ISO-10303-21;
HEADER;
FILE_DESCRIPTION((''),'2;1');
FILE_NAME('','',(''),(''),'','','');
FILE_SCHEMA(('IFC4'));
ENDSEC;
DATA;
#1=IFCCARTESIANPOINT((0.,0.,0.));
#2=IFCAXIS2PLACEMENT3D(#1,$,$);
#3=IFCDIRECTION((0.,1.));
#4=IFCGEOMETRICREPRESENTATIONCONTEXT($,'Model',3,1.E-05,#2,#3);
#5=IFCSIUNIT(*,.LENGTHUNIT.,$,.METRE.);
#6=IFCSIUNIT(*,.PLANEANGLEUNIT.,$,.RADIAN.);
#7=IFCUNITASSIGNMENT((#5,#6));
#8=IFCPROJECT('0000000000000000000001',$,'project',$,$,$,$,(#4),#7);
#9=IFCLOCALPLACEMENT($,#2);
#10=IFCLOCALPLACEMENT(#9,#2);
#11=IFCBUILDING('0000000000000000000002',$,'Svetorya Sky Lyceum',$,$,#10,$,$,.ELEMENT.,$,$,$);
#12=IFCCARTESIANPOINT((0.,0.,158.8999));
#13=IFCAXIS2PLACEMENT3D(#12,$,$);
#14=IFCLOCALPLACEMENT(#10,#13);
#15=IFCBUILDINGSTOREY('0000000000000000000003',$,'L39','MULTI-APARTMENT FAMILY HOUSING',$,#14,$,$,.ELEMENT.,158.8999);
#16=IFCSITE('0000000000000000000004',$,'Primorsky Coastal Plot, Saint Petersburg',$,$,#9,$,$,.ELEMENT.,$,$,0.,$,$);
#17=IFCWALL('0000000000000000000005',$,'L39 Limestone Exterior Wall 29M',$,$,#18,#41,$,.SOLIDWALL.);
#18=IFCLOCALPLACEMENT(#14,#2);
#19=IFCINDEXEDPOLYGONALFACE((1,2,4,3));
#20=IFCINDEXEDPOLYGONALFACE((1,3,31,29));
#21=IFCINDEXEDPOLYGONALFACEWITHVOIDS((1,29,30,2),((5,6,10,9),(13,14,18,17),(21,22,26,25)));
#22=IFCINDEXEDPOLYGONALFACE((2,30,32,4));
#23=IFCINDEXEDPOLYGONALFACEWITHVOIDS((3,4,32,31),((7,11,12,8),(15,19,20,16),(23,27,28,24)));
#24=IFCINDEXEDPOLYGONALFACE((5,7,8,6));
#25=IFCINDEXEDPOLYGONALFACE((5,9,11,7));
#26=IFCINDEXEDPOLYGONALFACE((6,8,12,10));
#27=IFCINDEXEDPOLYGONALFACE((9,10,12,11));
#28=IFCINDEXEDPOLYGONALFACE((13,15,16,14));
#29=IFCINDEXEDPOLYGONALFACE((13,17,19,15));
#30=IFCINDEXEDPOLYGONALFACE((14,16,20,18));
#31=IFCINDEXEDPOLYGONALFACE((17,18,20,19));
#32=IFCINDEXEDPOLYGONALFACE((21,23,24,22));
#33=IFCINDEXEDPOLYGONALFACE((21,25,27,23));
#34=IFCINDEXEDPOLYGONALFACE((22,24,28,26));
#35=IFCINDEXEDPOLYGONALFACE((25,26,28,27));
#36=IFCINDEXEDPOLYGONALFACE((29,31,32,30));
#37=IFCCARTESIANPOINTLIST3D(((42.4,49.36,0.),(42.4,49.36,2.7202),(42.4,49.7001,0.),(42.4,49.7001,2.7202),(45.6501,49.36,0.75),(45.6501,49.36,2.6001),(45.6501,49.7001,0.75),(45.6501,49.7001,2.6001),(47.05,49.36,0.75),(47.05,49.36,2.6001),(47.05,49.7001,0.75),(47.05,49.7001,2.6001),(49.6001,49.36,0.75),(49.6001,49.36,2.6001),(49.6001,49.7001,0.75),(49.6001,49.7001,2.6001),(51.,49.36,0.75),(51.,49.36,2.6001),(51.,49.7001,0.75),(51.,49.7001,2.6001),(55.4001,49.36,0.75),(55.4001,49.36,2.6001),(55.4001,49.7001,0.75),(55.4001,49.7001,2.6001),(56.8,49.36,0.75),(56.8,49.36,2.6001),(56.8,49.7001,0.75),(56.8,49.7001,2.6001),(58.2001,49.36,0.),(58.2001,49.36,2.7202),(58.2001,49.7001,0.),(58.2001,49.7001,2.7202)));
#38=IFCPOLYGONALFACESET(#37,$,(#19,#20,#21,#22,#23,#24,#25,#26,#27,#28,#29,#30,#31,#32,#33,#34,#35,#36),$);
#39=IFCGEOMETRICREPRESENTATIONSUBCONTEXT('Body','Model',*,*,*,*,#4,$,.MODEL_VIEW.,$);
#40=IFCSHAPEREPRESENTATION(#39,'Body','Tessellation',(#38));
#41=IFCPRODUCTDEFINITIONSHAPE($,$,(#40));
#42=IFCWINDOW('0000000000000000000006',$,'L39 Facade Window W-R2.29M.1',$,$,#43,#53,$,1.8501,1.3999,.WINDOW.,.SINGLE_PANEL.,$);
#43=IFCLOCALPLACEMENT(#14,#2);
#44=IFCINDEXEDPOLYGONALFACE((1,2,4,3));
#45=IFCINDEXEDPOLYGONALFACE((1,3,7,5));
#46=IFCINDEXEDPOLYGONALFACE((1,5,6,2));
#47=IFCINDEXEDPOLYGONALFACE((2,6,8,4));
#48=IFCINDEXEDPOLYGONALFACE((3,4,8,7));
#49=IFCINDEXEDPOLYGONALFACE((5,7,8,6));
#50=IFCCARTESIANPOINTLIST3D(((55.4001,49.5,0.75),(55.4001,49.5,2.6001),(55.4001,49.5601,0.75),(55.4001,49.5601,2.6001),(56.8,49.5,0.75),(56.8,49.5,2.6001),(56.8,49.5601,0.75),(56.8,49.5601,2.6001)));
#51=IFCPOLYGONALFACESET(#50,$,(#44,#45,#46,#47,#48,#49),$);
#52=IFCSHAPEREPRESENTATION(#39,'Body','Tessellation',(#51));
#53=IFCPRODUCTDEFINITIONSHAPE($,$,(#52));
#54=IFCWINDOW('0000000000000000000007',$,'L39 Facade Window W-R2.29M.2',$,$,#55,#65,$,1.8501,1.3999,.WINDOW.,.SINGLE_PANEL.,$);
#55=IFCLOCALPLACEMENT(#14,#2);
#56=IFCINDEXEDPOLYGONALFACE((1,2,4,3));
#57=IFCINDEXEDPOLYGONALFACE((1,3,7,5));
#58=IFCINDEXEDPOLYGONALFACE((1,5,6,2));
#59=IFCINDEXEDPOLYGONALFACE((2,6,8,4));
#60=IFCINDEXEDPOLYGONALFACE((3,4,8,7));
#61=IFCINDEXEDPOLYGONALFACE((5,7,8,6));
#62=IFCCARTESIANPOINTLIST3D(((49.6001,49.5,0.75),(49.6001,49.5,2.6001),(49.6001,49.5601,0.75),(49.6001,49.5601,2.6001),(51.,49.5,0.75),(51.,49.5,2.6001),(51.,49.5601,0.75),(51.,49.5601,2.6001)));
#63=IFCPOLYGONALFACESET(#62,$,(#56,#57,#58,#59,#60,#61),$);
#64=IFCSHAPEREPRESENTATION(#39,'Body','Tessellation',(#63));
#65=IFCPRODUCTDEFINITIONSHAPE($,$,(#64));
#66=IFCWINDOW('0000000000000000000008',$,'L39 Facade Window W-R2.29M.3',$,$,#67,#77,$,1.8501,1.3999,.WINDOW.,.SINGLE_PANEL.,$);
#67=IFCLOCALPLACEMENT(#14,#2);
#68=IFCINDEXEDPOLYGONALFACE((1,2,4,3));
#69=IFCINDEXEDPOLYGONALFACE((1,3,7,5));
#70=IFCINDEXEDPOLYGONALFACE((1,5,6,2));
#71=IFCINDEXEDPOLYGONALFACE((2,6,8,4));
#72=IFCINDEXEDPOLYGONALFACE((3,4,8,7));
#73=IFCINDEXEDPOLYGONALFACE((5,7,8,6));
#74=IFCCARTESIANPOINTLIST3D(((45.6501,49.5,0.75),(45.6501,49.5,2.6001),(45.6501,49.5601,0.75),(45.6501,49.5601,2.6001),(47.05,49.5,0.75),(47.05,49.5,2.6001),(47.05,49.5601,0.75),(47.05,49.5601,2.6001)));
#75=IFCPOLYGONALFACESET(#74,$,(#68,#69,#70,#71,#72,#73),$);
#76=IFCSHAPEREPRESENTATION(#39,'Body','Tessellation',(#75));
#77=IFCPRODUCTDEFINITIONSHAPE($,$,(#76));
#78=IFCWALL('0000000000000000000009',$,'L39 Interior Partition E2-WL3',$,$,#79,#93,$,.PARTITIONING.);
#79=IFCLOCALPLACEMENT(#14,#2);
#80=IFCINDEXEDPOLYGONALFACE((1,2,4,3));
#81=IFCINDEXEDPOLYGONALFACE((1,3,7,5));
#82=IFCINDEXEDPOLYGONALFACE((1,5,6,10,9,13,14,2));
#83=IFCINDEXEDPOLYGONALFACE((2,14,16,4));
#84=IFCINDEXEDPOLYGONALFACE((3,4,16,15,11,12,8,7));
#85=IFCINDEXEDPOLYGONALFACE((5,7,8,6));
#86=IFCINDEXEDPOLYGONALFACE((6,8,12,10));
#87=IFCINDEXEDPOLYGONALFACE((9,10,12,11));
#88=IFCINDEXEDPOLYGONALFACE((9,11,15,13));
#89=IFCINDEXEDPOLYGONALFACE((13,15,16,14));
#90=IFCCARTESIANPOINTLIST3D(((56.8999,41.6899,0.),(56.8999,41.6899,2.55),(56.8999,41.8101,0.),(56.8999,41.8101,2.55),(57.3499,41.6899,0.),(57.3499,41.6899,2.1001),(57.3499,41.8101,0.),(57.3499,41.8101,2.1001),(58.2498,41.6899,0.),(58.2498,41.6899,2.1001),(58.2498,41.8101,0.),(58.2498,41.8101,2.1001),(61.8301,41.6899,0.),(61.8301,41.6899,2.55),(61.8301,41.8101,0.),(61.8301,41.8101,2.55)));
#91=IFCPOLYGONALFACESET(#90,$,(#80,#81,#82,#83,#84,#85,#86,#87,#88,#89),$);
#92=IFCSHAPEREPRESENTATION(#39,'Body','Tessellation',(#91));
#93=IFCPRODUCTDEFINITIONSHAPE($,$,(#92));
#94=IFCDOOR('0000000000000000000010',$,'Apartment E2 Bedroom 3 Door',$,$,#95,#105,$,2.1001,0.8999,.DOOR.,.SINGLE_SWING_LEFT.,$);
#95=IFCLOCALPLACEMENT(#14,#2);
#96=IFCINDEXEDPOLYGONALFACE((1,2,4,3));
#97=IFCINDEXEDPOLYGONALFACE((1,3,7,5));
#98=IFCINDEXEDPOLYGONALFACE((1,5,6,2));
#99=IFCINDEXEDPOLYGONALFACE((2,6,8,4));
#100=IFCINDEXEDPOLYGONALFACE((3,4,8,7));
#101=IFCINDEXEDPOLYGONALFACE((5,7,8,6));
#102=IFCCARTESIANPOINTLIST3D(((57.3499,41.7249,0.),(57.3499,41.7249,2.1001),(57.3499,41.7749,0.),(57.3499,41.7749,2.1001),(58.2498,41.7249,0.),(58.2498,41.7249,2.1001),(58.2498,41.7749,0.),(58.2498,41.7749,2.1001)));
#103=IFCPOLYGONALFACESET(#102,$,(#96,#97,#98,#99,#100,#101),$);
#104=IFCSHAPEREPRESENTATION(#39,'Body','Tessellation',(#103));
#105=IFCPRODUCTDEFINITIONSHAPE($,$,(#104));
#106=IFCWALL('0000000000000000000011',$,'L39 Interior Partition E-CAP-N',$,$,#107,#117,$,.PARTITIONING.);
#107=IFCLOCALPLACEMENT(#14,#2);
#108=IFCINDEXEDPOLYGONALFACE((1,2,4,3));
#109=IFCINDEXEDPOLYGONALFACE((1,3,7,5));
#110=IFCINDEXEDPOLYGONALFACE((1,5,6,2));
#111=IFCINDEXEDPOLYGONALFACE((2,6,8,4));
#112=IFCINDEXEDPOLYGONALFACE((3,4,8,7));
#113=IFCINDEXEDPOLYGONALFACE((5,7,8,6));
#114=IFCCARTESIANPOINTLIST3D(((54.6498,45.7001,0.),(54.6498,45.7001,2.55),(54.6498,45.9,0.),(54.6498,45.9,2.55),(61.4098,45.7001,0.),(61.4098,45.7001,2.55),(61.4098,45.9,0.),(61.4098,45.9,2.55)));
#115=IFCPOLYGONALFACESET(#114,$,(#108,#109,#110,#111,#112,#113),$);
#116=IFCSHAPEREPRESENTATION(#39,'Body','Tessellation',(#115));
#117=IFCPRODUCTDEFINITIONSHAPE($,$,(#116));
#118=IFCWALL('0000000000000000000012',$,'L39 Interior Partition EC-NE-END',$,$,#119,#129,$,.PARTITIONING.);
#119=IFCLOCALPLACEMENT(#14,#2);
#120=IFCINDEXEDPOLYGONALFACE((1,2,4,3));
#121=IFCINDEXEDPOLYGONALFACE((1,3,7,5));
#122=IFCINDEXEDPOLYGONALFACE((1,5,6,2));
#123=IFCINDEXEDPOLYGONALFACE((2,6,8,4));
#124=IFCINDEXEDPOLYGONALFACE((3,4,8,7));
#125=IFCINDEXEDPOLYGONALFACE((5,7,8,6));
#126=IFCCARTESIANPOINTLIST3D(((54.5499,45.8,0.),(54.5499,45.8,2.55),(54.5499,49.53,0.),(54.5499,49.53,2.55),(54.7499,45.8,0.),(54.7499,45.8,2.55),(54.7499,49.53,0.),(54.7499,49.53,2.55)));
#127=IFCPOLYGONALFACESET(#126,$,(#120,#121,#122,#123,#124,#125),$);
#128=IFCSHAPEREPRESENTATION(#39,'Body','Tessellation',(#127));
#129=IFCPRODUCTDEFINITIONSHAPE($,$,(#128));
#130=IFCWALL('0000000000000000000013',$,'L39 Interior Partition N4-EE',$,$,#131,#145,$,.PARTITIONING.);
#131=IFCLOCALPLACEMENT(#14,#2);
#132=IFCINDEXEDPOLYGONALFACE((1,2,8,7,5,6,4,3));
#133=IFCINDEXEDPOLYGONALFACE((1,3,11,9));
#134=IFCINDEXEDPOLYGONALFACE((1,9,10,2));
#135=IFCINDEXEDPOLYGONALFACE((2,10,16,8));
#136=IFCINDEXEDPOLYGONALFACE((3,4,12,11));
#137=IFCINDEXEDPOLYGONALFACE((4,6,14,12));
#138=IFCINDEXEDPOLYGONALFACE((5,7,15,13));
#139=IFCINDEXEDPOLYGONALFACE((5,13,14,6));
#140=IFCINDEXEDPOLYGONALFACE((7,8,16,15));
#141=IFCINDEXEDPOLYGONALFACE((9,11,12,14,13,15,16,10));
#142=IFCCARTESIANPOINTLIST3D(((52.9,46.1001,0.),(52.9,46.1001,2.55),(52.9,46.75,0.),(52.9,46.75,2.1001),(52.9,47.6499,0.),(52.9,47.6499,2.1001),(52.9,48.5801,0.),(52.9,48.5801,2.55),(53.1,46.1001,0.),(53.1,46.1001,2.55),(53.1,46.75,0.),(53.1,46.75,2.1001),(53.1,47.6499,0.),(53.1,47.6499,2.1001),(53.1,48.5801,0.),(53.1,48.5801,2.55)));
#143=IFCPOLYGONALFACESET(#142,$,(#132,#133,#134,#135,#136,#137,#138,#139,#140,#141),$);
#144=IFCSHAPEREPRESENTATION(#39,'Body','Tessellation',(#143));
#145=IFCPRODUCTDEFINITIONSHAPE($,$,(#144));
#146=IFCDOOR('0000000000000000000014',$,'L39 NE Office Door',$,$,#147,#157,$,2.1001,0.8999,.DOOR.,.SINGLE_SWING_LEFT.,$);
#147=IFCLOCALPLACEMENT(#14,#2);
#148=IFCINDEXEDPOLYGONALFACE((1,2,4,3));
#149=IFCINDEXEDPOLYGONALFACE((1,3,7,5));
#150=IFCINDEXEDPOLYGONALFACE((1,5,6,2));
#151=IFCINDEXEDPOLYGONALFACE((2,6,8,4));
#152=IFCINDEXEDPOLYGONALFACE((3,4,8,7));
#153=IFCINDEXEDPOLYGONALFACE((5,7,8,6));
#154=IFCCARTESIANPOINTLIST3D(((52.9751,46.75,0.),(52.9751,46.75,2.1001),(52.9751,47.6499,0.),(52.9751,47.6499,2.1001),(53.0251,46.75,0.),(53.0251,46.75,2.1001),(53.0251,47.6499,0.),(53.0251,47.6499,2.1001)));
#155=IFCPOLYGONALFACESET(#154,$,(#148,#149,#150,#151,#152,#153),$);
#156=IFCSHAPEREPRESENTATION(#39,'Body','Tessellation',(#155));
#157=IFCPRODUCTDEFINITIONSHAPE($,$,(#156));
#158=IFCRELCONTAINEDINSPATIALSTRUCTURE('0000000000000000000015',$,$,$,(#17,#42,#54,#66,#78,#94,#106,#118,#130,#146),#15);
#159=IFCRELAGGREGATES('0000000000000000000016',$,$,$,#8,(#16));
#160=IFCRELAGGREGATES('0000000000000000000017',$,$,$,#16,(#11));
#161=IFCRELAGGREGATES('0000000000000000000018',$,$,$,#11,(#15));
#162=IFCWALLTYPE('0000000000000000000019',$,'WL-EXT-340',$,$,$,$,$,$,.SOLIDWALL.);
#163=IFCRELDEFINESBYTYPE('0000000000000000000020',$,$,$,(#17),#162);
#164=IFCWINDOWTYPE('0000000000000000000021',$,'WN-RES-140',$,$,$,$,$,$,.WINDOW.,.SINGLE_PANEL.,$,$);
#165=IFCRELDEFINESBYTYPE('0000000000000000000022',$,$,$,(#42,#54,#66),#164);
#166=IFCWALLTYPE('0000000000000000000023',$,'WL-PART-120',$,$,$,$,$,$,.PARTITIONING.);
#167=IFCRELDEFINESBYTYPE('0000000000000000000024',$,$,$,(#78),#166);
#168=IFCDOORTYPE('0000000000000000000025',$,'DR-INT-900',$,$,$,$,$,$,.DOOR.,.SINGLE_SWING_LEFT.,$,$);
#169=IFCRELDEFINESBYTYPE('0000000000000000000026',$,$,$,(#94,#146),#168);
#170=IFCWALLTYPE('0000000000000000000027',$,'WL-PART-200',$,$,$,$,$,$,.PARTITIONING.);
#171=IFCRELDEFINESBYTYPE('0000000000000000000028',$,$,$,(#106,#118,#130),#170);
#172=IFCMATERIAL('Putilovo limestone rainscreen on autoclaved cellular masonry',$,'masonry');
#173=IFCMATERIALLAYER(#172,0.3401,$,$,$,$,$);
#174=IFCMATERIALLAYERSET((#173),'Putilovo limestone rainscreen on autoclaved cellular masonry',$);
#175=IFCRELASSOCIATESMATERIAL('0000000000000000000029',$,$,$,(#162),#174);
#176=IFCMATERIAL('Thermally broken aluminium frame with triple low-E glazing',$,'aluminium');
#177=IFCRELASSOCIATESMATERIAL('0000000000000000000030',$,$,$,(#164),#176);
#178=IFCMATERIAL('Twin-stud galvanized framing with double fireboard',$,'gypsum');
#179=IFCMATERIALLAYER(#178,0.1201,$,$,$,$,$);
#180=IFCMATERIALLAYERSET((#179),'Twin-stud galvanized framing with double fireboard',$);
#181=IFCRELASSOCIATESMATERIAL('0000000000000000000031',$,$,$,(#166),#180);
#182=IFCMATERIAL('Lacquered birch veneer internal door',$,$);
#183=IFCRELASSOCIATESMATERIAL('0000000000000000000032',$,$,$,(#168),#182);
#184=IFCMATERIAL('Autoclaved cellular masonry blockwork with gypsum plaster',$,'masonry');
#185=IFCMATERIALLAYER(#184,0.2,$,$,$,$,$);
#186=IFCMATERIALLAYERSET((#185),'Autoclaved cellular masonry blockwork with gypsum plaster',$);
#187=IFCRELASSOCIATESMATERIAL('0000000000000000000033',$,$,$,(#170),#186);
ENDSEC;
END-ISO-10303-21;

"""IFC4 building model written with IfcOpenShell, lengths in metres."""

from ifc_helpers import new_model, si_unit, direction, frame, frame_2d, origin, place, context, subcontext, project, spatial, rectangle, extrude, material, layer, layer_set, type_object, element, fill, save


model = new_model("IFC4")

# Units and contexts
model_context = context("Model", 3, precision=1e-05, world=origin(), true_north=direction((0.0, 1.0)))
body_context = subcontext(model_context, "Body", "Model", "MODEL_VIEW")
ifc_project = project(units=[si_unit("LENGTHUNIT", "METRE"), si_unit("PLANEANGLEUNIT", "RADIAN")], contexts=[model_context])

# Site, building, storey
site_placement = place(None, origin())
site = spatial("IfcSite", under=ifc_project, at=site_placement, Name="Primorsky Coastal Plot, Saint Petersburg", CompositionType="ELEMENT", RefElevation=0.0)
building_placement = place(site_placement, origin())
building = spatial("IfcBuilding", under=site, at=building_placement, Name="Svetorya Sky Lyceum", CompositionType="ELEMENT")
storey_placement = place(building_placement, frame((0.0, 0.0, 158.8999)))
storey = spatial("IfcBuildingStorey", under=building, at=storey_placement, Name="L39", Description="MULTI-APARTMENT FAMILY HOUSING", CompositionType="ELEMENT", Elevation=158.8999)

# Shared definitions
ifc_material_1 = material(Name="Putilovo limestone rainscreen on autoclaved cellular masonry", Category="masonry")
ifc_layer_1 = layer(ifc_material_1, 0.3401)
ifc_layer_set_1 = layer_set([ifc_layer_1], Name="Putilovo limestone rainscreen on autoclaved cellular masonry")
wall_type_1 = type_object("IfcWallType", Name="WL-EXT-340", PredefinedType="SOLIDWALL", material=ifc_layer_set_1)

# Wall, openings, windows
wall_1_placement = place(storey_placement, frame((58.2, 49.53, 0.0), z_axis=(0.0, 0.0, 1.0), x_axis=(-1.0, 0.0, 0.0)))
wall_1 = element("IfcWall", 1, at=wall_1_placement, inside=storey, type_object=wall_type_1, Name="L39 Limestone Exterior Wall 29M", PredefinedType="SOLIDWALL", context=body_context, shape_type="SweptSolid", body=[
    extrude(rectangle(XDim=15.8, YDim=0.3401, at=frame_2d((7.8999, 0.0))), origin(), (0.0, 0.0, 1.0), 2.7202),
])
opening_1_placement = place(wall_1_placement, frame((1.3999, 0.0, 0.75)))
opening_1 = element("IfcOpeningElement", 2, at=opening_1_placement, cuts=wall_1, PredefinedType="OPENING", context=body_context, shape_type="SweptSolid", body=[
    extrude(rectangle(XDim=1.3999, YDim=1.8501, at=frame_2d((0.7, 0.925))), frame((0.0, 0.1799, 0.0), z_axis=(0.0, -1.0, 0.0), x_axis=(1.0, 0.0, 0.0)), (0.0, 0.0, 1.0), 0.3601),
])
opening_2_placement = place(wall_1_placement, frame((7.2, 0.0, 0.75)))
opening_2 = element("IfcOpeningElement", 3, at=opening_2_placement, cuts=wall_1, PredefinedType="OPENING", context=body_context, shape_type="SweptSolid", body=[
    extrude(rectangle(XDim=1.3999, YDim=1.8501, at=frame_2d((0.7, 0.925))), frame((0.0, 0.1799, 0.0), z_axis=(0.0, -1.0, 0.0), x_axis=(1.0, 0.0, 0.0)), (0.0, 0.0, 1.0), 0.3601),
])
opening_3_placement = place(wall_1_placement, frame((11.1499, 0.0, 0.75)))
opening_3 = element("IfcOpeningElement", 4, at=opening_3_placement, cuts=wall_1, PredefinedType="OPENING", context=body_context, shape_type="SweptSolid", body=[
    extrude(rectangle(XDim=1.3999, YDim=1.8501, at=frame_2d((0.7, 0.925))), frame((0.0, 0.1799, 0.0), z_axis=(0.0, -1.0, 0.0), x_axis=(1.0, 0.0, 0.0)), (0.0, 0.0, 1.0), 0.3601),
])
ifc_material_2 = material(Name="Thermally broken aluminium frame with triple low-E glazing", Category="aluminium")
window_type = type_object("IfcWindowType", Name="WN-RES-140", PartitioningType="SINGLE_PANEL", PredefinedType="WINDOW", material=ifc_material_2)
window_1_placement = place(opening_1_placement, origin())
window_1 = element("IfcWindow", 5, at=window_1_placement, inside=storey, type_object=window_type, Name="L39 Facade Window W-R2.29M.1", OverallHeight=1.8501, OverallWidth=1.3999, PartitioningType="SINGLE_PANEL", PredefinedType="WINDOW", context=body_context, shape_type="SweptSolid", body=[
    extrude(rectangle(XDim=1.3999, YDim=1.8501, at=frame_2d((0.7, 0.925))), frame((0.0, 0.03, 0.0), z_axis=(0.0, -1.0, 0.0), x_axis=(1.0, 0.0, 0.0)), (0.0, 0.0, 1.0), 0.0601),
])
fill(opening_1, window_1)
window_2_placement = place(opening_2_placement, origin())
window_2 = element("IfcWindow", 6, at=window_2_placement, inside=storey, type_object=window_type, Name="L39 Facade Window W-R2.29M.2", OverallHeight=1.8501, OverallWidth=1.3999, PartitioningType="SINGLE_PANEL", PredefinedType="WINDOW", context=body_context, shape_type="SweptSolid", body=[
    extrude(rectangle(XDim=1.3999, YDim=1.8501, at=frame_2d((0.7, 0.925))), frame((0.0, 0.03, 0.0), z_axis=(0.0, -1.0, 0.0), x_axis=(1.0, 0.0, 0.0)), (0.0, 0.0, 1.0), 0.0601),
])
fill(opening_2, window_2)
window_3_placement = place(opening_3_placement, origin())
window_3 = element("IfcWindow", 7, at=window_3_placement, inside=storey, type_object=window_type, Name="L39 Facade Window W-R2.29M.3", OverallHeight=1.8501, OverallWidth=1.3999, PartitioningType="SINGLE_PANEL", PredefinedType="WINDOW", context=body_context, shape_type="SweptSolid", body=[
    extrude(rectangle(XDim=1.3999, YDim=1.8501, at=frame_2d((0.7, 0.925))), frame((0.0, 0.03, 0.0), z_axis=(0.0, -1.0, 0.0), x_axis=(1.0, 0.0, 0.0)), (0.0, 0.0, 1.0), 0.0601),
])
fill(opening_3, window_3)

# Wall, opening, door
ifc_material_3 = material(Name="Twin-stud galvanized framing with double fireboard", Category="gypsum")
ifc_layer_2 = layer(ifc_material_3, 0.1201)
ifc_layer_set_2 = layer_set([ifc_layer_2], Name="Twin-stud galvanized framing with double fireboard")
wall_type_2 = type_object("IfcWallType", Name="WL-PART-120", PredefinedType="PARTITIONING", material=ifc_layer_set_2)
wall_2_placement = place(storey_placement, frame((56.8999, 41.75, 0.0), z_axis=(0.0, 0.0, 1.0), x_axis=(1.0, 0.0, 0.0)))
wall_2 = element("IfcWall", 8, at=wall_2_placement, inside=storey, type_object=wall_type_2, Name="L39 Interior Partition E2-WL3", PredefinedType="PARTITIONING", context=body_context, shape_type="SweptSolid", body=[
    extrude(rectangle(XDim=4.9302, YDim=0.1201, at=frame_2d((2.4651, 0.0))), origin(), (0.0, 0.0, 1.0), 2.55),
])
opening_4_placement = place(wall_2_placement, frame((0.45, 0.0, 0.0)))
opening_4 = element("IfcOpeningElement", 9, at=opening_4_placement, cuts=wall_2, PredefinedType="OPENING", context=body_context, shape_type="SweptSolid", body=[
    extrude(rectangle(XDim=0.8999, YDim=2.1001, at=frame_2d((0.45, 1.05))), frame((0.0, 0.0701, 0.0), z_axis=(0.0, -1.0, 0.0), x_axis=(1.0, 0.0, 0.0)), (0.0, 0.0, 1.0), 0.1401),
])
ifc_material_4 = material(Name="Lacquered birch veneer internal door")
door_type = type_object("IfcDoorType", Name="DR-INT-900", OperationType="SINGLE_SWING_LEFT", PredefinedType="DOOR", material=ifc_material_4)
door_1_placement = place(opening_4_placement, origin())
door_1 = element("IfcDoor", 10, at=door_1_placement, inside=storey, type_object=door_type, Name="Apartment E2 Bedroom 3 Door", OperationType="SINGLE_SWING_LEFT", OverallHeight=2.1001, OverallWidth=0.8999, PredefinedType="DOOR", context=body_context, shape_type="SweptSolid", body=[
    extrude(rectangle(XDim=0.8999, YDim=2.1001, at=frame_2d((0.45, 1.05))), frame((0.0, 0.0249, 0.0), z_axis=(0.0, -1.0, 0.0), x_axis=(1.0, 0.0, 0.0)), (0.0, 0.0, 1.0), 0.05),
])
fill(opening_4, door_1)

# Walls
ifc_material_5 = material(Name="Autoclaved cellular masonry blockwork with gypsum plaster", Category="masonry")
ifc_layer_3 = layer(ifc_material_5, 0.2)
ifc_layer_set_3 = layer_set([ifc_layer_3], Name="Autoclaved cellular masonry blockwork with gypsum plaster")
wall_type_3 = type_object("IfcWallType", Name="WL-PART-200", PredefinedType="PARTITIONING", material=ifc_layer_set_3)
wall_3_placement = place(storey_placement, frame((54.6499, 45.8, 0.0), z_axis=(0.0, 0.0, 1.0), x_axis=(1.0, 0.0, 0.0)))
element("IfcWall", 11, at=wall_3_placement, inside=storey, type_object=wall_type_3, Name="L39 Interior Partition E-CAP-N", PredefinedType="PARTITIONING", context=body_context, shape_type="SweptSolid", body=[
    extrude(rectangle(XDim=6.76, YDim=0.2, at=frame_2d((3.3799, 0.0))), origin(), (0.0, 0.0, 1.0), 2.55),
])
wall_4_placement = place(storey_placement, frame((54.6499, 45.8, 0.0), z_axis=(0.0, 0.0, 1.0), x_axis=(0.0, 1.0, 0.0)))
element("IfcWall", 12, at=wall_4_placement, inside=storey, type_object=wall_type_3, Name="L39 Interior Partition EC-NE-END", PredefinedType="PARTITIONING", context=body_context, shape_type="SweptSolid", body=[
    extrude(rectangle(XDim=3.73, YDim=0.2, at=frame_2d((1.865, 0.0))), origin(), (0.0, 0.0, 1.0), 2.55),
])

# Wall, opening, door
wall_5_placement = place(storey_placement, frame((53.0, 46.1001, 0.0), z_axis=(0.0, 0.0, 1.0), x_axis=(0.0, 1.0, 0.0)))
wall_5 = element("IfcWall", 13, at=wall_5_placement, inside=storey, type_object=wall_type_3, Name="L39 Interior Partition N4-EE", PredefinedType="PARTITIONING", context=body_context, shape_type="SweptSolid", body=[
    extrude(rectangle(XDim=2.48, YDim=0.2, at=frame_2d((1.24, 0.0))), origin(), (0.0, 0.0, 1.0), 2.55),
])
opening_5_placement = place(wall_5_placement, frame((0.6499, 0.0, 0.0)))
opening_5 = element("IfcOpeningElement", 14, at=opening_5_placement, cuts=wall_5, PredefinedType="OPENING", context=body_context, shape_type="SweptSolid", body=[
    extrude(rectangle(XDim=0.8999, YDim=2.1001, at=frame_2d((0.45, 1.05))), frame((0.0, 0.1099, 0.0), z_axis=(0.0, -1.0, 0.0), x_axis=(1.0, 0.0, 0.0)), (0.0, 0.0, 1.0), 0.22),
])
door_2_placement = place(opening_5_placement, origin())
door_2 = element("IfcDoor", 15, at=door_2_placement, inside=storey, type_object=door_type, Name="L39 NE Office Door", OperationType="SINGLE_SWING_LEFT", OverallHeight=2.1001, OverallWidth=0.8999, PredefinedType="DOOR", context=body_context, shape_type="SweptSolid", body=[
    extrude(rectangle(XDim=0.8999, YDim=2.1001, at=frame_2d((0.45, 1.05))), frame((0.0, 0.0249, 0.0), z_axis=(0.0, -1.0, 0.0), x_axis=(1.0, 0.0, 0.0)), (0.0, 0.0, 1.0), 0.05),
])
fill(opening_5, door_2)

save(model, "model.ifc")
